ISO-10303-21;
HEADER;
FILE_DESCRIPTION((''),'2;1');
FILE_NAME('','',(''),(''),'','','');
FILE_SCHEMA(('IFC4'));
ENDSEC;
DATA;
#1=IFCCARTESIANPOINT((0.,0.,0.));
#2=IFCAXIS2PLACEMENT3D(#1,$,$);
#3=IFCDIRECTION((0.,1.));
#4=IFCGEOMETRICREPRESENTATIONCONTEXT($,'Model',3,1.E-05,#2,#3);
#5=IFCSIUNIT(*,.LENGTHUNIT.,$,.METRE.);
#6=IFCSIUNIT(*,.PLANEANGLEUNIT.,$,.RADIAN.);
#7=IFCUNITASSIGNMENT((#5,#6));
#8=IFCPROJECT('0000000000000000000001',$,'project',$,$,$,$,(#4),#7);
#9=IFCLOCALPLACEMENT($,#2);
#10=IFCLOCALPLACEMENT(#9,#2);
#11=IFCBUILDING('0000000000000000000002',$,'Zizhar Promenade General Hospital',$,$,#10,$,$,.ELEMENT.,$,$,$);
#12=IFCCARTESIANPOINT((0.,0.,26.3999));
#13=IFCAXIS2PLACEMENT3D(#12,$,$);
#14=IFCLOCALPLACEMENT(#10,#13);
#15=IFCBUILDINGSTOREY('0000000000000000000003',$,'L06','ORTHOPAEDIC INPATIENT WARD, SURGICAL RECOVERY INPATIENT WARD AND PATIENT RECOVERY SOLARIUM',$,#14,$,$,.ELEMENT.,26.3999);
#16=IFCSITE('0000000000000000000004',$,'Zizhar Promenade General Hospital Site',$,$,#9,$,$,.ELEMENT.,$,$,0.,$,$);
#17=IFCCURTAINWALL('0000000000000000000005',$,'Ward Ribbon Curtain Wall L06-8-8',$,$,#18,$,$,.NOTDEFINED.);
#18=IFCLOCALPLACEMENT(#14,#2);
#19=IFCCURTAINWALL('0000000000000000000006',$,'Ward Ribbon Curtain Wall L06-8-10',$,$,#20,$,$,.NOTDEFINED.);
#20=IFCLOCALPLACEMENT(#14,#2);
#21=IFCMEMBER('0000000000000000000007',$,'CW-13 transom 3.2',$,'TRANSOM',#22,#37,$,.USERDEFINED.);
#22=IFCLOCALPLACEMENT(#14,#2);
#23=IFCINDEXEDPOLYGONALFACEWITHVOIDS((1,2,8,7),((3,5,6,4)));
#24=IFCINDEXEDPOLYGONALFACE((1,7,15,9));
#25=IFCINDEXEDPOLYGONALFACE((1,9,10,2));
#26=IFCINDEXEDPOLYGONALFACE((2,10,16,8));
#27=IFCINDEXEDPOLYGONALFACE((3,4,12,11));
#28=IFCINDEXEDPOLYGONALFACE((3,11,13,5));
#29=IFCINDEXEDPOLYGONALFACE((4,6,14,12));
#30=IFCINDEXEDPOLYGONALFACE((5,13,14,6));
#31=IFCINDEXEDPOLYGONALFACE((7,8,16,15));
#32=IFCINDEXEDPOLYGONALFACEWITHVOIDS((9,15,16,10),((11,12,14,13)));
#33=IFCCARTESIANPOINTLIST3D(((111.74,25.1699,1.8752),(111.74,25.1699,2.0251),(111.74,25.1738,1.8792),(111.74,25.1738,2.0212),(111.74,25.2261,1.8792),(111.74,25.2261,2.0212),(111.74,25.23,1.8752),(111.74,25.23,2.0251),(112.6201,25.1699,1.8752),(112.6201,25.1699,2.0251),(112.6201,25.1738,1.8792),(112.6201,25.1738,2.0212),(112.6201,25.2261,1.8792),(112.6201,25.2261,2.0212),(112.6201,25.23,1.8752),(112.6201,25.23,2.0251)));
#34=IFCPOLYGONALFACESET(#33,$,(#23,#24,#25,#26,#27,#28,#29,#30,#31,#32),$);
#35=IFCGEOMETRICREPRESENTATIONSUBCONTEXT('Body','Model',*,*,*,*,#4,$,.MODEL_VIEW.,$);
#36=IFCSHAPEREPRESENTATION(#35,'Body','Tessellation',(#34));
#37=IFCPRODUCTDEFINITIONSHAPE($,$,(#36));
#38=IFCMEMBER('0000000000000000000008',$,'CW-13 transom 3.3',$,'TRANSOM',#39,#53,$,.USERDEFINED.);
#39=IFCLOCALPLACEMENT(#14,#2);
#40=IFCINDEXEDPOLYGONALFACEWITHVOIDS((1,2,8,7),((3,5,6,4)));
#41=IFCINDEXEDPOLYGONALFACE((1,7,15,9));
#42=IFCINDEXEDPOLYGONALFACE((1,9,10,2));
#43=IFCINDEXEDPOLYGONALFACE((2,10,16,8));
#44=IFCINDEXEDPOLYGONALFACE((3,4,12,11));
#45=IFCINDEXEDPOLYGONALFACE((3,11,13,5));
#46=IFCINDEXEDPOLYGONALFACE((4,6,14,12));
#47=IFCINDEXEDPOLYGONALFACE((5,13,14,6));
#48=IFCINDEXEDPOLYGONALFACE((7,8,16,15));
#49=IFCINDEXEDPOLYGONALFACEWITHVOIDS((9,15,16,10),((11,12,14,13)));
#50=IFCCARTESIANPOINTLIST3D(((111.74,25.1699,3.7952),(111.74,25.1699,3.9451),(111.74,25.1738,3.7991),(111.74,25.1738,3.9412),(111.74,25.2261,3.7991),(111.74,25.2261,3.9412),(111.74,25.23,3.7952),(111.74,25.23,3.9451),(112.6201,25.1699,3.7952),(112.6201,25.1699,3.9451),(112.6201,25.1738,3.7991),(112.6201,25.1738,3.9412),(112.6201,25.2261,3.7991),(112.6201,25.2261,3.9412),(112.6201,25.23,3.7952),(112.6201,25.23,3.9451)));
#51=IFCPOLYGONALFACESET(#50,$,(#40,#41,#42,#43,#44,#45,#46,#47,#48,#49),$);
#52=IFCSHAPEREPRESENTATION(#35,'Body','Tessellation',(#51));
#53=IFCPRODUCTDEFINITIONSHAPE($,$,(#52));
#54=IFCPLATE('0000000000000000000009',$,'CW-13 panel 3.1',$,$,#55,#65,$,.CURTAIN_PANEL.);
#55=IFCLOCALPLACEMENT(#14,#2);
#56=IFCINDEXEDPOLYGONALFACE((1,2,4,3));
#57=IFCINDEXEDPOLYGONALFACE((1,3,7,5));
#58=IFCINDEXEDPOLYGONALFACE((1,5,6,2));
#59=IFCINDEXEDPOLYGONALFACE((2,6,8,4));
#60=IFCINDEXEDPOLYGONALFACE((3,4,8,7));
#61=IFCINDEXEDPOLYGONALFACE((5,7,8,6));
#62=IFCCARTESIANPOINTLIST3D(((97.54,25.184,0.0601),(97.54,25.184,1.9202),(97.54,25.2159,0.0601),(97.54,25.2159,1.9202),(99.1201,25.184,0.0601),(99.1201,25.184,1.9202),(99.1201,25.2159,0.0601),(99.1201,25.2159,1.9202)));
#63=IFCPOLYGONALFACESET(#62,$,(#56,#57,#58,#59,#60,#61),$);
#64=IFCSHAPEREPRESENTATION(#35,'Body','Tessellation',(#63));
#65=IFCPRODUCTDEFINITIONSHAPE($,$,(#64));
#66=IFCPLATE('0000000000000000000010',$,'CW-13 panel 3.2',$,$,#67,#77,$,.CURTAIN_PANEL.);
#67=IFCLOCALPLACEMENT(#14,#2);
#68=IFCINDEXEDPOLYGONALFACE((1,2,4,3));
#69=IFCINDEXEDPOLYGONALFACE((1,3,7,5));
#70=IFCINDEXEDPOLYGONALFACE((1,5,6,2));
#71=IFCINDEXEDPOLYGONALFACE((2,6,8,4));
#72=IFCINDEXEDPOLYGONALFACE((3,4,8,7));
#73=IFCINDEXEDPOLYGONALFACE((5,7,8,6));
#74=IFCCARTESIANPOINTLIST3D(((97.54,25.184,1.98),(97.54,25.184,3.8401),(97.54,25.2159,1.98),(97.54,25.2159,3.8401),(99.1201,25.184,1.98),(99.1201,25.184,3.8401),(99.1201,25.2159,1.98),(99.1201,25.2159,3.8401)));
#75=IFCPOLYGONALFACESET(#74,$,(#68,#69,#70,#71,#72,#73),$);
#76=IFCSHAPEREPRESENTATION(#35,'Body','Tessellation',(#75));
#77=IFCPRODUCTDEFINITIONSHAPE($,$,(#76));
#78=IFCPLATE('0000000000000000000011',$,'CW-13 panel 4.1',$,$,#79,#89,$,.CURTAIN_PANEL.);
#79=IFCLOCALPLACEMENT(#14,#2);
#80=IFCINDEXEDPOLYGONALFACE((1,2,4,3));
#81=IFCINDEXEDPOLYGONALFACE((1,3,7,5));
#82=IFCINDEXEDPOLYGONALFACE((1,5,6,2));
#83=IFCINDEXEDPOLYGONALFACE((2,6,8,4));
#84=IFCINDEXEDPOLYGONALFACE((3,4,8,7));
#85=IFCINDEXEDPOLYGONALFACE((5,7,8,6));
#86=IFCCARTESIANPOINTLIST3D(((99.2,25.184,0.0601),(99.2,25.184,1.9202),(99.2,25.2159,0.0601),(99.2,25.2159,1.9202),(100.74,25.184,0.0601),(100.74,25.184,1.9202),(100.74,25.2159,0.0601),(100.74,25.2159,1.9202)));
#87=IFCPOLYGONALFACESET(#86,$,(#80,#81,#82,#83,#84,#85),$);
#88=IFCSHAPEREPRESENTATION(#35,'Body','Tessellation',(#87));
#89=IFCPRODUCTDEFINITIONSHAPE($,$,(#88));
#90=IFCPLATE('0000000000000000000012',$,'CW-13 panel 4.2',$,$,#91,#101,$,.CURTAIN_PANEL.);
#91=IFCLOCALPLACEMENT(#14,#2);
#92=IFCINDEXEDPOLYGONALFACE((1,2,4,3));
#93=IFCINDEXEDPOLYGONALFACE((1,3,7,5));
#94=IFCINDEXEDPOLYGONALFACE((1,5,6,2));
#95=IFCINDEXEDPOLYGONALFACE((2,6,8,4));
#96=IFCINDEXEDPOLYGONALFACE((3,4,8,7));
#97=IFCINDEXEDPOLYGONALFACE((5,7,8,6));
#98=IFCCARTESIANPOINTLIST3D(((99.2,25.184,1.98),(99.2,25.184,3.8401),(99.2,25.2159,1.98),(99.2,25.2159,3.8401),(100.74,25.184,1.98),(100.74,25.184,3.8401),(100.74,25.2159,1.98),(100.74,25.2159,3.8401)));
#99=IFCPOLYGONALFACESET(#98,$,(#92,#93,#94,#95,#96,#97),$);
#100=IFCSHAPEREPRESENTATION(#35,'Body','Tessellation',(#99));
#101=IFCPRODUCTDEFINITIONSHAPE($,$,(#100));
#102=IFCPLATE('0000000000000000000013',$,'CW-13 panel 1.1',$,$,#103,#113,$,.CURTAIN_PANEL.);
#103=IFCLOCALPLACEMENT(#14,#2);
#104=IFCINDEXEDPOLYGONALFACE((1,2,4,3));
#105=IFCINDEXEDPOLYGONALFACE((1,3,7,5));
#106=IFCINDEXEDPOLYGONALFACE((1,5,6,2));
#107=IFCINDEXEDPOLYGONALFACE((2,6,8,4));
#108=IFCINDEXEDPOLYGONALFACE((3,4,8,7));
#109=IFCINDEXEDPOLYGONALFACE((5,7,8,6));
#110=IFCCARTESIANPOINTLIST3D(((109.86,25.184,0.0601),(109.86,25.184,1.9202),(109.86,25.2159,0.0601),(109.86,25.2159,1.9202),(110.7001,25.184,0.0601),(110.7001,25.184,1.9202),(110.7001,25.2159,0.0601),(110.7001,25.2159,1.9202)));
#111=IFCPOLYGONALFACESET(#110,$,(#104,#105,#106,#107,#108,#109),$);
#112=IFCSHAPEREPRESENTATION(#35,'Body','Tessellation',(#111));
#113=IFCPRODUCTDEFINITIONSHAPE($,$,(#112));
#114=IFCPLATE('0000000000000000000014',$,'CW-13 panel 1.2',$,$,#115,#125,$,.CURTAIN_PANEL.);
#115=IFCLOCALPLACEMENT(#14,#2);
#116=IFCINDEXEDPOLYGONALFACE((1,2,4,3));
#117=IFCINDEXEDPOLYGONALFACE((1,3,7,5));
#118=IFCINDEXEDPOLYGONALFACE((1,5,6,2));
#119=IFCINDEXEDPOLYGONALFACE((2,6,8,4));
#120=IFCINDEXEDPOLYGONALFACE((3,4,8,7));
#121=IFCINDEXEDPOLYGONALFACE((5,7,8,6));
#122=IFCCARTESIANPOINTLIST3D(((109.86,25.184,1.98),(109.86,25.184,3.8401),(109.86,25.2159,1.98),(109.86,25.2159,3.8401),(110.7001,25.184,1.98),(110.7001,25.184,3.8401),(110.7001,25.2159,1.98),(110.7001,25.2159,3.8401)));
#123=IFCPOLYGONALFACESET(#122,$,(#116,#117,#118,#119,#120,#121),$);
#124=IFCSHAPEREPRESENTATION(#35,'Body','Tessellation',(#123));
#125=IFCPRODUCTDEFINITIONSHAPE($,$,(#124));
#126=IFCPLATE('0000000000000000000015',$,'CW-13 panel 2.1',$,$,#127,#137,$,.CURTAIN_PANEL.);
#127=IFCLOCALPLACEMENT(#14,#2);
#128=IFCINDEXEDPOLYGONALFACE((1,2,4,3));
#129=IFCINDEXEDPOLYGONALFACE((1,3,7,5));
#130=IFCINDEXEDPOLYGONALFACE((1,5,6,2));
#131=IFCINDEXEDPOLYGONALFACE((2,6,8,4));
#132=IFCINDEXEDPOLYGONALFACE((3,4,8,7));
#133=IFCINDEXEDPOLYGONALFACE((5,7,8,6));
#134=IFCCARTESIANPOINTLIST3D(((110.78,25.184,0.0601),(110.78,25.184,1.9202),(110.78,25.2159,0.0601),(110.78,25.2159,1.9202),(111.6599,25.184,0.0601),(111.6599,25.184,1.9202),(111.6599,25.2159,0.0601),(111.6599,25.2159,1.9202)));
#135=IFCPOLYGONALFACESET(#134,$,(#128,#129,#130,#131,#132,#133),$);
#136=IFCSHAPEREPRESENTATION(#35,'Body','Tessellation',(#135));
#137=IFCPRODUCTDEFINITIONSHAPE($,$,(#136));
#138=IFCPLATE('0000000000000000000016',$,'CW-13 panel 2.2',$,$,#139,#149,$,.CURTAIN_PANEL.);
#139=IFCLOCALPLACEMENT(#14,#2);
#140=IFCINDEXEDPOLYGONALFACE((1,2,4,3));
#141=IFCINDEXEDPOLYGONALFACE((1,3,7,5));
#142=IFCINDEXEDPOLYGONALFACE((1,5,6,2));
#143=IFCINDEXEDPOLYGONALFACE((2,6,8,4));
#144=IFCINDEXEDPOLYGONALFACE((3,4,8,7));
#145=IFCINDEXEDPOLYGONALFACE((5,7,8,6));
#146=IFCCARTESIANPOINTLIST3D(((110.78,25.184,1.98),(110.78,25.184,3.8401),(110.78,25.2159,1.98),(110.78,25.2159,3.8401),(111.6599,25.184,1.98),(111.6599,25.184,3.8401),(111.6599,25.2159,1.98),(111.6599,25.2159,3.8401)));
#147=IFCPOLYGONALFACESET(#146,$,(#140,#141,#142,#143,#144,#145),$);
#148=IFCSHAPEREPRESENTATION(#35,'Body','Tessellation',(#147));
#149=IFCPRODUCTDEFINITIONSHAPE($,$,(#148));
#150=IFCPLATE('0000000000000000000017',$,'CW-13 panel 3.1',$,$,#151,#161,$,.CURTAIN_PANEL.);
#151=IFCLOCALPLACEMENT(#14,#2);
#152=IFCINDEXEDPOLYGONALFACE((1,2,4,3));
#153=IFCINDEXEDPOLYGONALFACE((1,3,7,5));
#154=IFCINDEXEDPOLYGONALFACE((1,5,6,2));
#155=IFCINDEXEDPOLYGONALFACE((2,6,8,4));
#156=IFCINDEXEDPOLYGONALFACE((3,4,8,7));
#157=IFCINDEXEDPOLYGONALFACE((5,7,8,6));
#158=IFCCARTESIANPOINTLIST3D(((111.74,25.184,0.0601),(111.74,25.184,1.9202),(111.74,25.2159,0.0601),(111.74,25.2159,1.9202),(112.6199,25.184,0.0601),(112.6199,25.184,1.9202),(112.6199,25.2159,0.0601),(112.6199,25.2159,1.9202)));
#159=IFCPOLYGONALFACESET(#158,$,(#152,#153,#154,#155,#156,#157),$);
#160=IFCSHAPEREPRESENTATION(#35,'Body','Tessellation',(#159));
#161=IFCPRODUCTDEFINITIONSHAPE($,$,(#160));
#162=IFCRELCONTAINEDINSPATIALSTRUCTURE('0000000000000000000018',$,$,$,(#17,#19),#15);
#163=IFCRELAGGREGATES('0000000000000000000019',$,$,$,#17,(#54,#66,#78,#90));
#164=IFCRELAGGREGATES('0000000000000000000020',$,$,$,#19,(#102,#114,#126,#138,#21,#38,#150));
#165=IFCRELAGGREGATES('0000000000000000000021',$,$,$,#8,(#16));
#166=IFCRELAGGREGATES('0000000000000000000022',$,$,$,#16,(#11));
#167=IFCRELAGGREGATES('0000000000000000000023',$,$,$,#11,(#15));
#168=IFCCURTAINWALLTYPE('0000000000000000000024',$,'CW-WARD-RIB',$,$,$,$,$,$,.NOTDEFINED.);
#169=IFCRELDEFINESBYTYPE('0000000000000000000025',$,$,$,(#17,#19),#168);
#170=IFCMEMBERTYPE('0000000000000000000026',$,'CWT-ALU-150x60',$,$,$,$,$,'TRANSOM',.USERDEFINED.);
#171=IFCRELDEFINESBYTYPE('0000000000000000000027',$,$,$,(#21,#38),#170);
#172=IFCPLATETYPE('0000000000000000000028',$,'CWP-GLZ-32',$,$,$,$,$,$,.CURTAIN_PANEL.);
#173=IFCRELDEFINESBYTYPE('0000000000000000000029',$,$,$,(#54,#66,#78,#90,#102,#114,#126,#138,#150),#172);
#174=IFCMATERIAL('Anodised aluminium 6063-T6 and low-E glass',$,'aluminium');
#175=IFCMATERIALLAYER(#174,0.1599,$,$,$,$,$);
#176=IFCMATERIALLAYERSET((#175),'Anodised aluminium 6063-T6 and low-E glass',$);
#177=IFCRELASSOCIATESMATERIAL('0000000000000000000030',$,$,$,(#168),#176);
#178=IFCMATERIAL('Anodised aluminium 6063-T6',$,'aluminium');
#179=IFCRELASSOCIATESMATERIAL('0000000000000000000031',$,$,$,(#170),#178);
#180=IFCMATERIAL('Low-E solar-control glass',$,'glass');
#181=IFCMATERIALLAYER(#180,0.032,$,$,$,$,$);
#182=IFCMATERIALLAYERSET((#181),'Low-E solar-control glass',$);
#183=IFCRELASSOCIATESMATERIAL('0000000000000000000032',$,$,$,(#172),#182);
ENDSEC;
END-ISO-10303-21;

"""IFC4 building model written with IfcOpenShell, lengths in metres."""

from ifc_helpers import new_model, si_unit, direction, frame, origin, origin_2d, place, context, subcontext, project, spatial, rectangle, hollow_rectangle, extrude, material, layer, layer_set, material_profile, profile_set, type_object, element, aggregate, save


model = new_model("IFC4")

# Units and contexts
model_context = context("Model", 3, precision=1e-05, world=origin(), true_north=direction((0.0, 1.0)))
body_context = subcontext(model_context, "Body", "Model", "MODEL_VIEW")
ifc_project = project(units=[si_unit("LENGTHUNIT", "METRE"), si_unit("PLANEANGLEUNIT", "RADIAN")], contexts=[model_context])

# Site, building, storey
site_placement = place(None, origin())
site = spatial("IfcSite", under=ifc_project, at=site_placement, Name="Zizhar Promenade General Hospital Site", CompositionType="ELEMENT", RefElevation=0.0)
building_placement = place(site_placement, origin())
building = spatial("IfcBuilding", under=site, at=building_placement, Name="Zizhar Promenade General Hospital", CompositionType="ELEMENT")
storey_placement = place(building_placement, frame((0.0, 0.0, 26.3999)))
storey = spatial("IfcBuildingStorey", under=building, at=storey_placement, Name="L06", Description="ORTHOPAEDIC INPATIENT WARD, SURGICAL RECOVERY INPATIENT WARD AND PATIENT RECOVERY SOLARIUM", CompositionType="ELEMENT", Elevation=26.3999)

# Curtain walls
ifc_material_1 = material(Name="Anodised aluminium 6063-T6 and low-E glass", Category="aluminium")
ifc_layer_1 = layer(ifc_material_1, 0.1599)
ifc_layer_set_1 = layer_set([ifc_layer_1], Name="Anodised aluminium 6063-T6 and low-E glass")
curtain_wall_type = type_object("IfcCurtainWallType", Name="CW-WARD-RIB", PredefinedType="NOTDEFINED", material=ifc_layer_set_1)
curtain_wall_1_placement = place(storey_placement, origin())
curtain_wall_1 = element("IfcCurtainWall", 1, at=curtain_wall_1_placement, inside=storey, type_object=curtain_wall_type, Name="Ward Ribbon Curtain Wall L06-8-8", PredefinedType="NOTDEFINED")
curtain_wall_2_placement = place(storey_placement, origin())
curtain_wall_2 = element("IfcCurtainWall", 2, at=curtain_wall_2_placement, inside=storey, type_object=curtain_wall_type, Name="Ward Ribbon Curtain Wall L06-8-10", PredefinedType="NOTDEFINED")

# Members
ifc_material_2 = material(Name="Anodised aluminium 6063-T6", Category="aluminium")
ifc_material_profile_1 = material_profile(ifc_material_2, hollow_rectangle(XDim=0.0601, YDim=0.1499, WallThickness=0.0039, at=origin_2d()))
ifc_profile_set_1 = profile_set([ifc_material_profile_1], Name="Anodised aluminium 6063-T6")
member_type_1 = type_object("IfcMemberType", Name="CWT-ALU-150x60", ElementType="TRANSOM", PredefinedType="USERDEFINED", material=ifc_profile_set_1)
member_1_placement = place(storey_placement, frame((111.74, 25.2, 1.9502), z_axis=(1.0, 0.0, 0.0), x_axis=(0.0, 1.0, 0.0)))
member_1 = element("IfcMember", 3, at=member_1_placement, type_object=member_type_1, Name="CW-13 transom 3.2", ObjectType="TRANSOM", PredefinedType="USERDEFINED", context=body_context, shape_type="SweptSolid", body=[
    extrude(hollow_rectangle(XDim=0.0601, YDim=0.1499, WallThickness=0.0039, at=origin_2d()), origin(), (0.0, 0.0, 1.0), 0.8801),
])
member_2_placement = place(storey_placement, frame((111.74, 25.2, 3.8701), z_axis=(1.0, 0.0, 0.0), x_axis=(0.0, 1.0, 0.0)))
member_2 = element("IfcMember", 4, at=member_2_placement, type_object=member_type_1, Name="CW-13 transom 3.3", ObjectType="TRANSOM", PredefinedType="USERDEFINED", context=body_context, shape_type="SweptSolid", body=[
    extrude(hollow_rectangle(XDim=0.0601, YDim=0.1499, WallThickness=0.0039, at=origin_2d()), origin(), (0.0, 0.0, 1.0), 0.8801),
])

# Plates
ifc_material_3 = material(Name="Low-E solar-control glass", Category="glass")
ifc_layer_2 = layer(ifc_material_3, 0.032)
ifc_layer_set_2 = layer_set([ifc_layer_2], Name="Low-E solar-control glass")
plate_type = type_object("IfcPlateType", Name="CWP-GLZ-32", PredefinedType="CURTAIN_PANEL", material=ifc_layer_set_2)
plate_1_placement = place(storey_placement, frame((98.3301, 25.2, 0.0601), z_axis=(0.0, 0.0, 1.0), x_axis=(1.0, 0.0, 0.0)))
plate_1 = element("IfcPlate", 5, at=plate_1_placement, type_object=plate_type, Name="CW-13 panel 3.1", PredefinedType="CURTAIN_PANEL", context=body_context, shape_type="SweptSolid", body=[
    extrude(rectangle(XDim=1.5801, YDim=0.032, at=origin_2d()), origin(), (0.0, 0.0, 1.0), 1.8601),
])
plate_2_placement = place(storey_placement, frame((98.3301, 25.2, 1.98), z_axis=(0.0, 0.0, 1.0), x_axis=(1.0, 0.0, 0.0)))
plate_2 = element("IfcPlate", 6, at=plate_2_placement, type_object=plate_type, Name="CW-13 panel 3.2", PredefinedType="CURTAIN_PANEL", context=body_context, shape_type="SweptSolid", body=[
    extrude(rectangle(XDim=1.5801, YDim=0.032, at=origin_2d()), origin(), (0.0, 0.0, 1.0), 1.8601),
])
plate_3_placement = place(storey_placement, frame((99.97, 25.2, 0.0601), z_axis=(0.0, 0.0, 1.0), x_axis=(1.0, 0.0, 0.0)))
plate_3 = element("IfcPlate", 7, at=plate_3_placement, type_object=plate_type, Name="CW-13 panel 4.1", PredefinedType="CURTAIN_PANEL", context=body_context, shape_type="SweptSolid", body=[
    extrude(rectangle(XDim=1.54, YDim=0.032, at=origin_2d()), origin(), (0.0, 0.0, 1.0), 1.8601),
])
plate_4_placement = place(storey_placement, frame((99.97, 25.2, 1.98), z_axis=(0.0, 0.0, 1.0), x_axis=(1.0, 0.0, 0.0)))
plate_4 = element("IfcPlate", 8, at=plate_4_placement, type_object=plate_type, Name="CW-13 panel 4.2", PredefinedType="CURTAIN_PANEL", context=body_context, shape_type="SweptSolid", body=[
    extrude(rectangle(XDim=1.54, YDim=0.032, at=origin_2d()), origin(), (0.0, 0.0, 1.0), 1.8601),
])
aggregate(curtain_wall_1, [plate_1, plate_2, plate_3, plate_4])
plate_5_placement = place(storey_placement, frame((110.28, 25.2, 0.0601), z_axis=(0.0, 0.0, 1.0), x_axis=(1.0, 0.0, 0.0)))
plate_5 = element("IfcPlate", 9, at=plate_5_placement, type_object=plate_type, Name="CW-13 panel 1.1", PredefinedType="CURTAIN_PANEL", context=body_context, shape_type="SweptSolid", body=[
    extrude(rectangle(XDim=0.8401, YDim=0.032, at=origin_2d()), origin(), (0.0, 0.0, 1.0), 1.8601),
])
plate_6_placement = place(storey_placement, frame((110.28, 25.2, 1.98), z_axis=(0.0, 0.0, 1.0), x_axis=(1.0, 0.0, 0.0)))
plate_6 = element("IfcPlate", 10, at=plate_6_placement, type_object=plate_type, Name="CW-13 panel 1.2", PredefinedType="CURTAIN_PANEL", context=body_context, shape_type="SweptSolid", body=[
    extrude(rectangle(XDim=0.8401, YDim=0.032, at=origin_2d()), origin(), (0.0, 0.0, 1.0), 1.8601),
])
plate_7_placement = place(storey_placement, frame((111.22, 25.2, 0.0601), z_axis=(0.0, 0.0, 1.0), x_axis=(1.0, 0.0, 0.0)))
plate_7 = element("IfcPlate", 11, at=plate_7_placement, type_object=plate_type, Name="CW-13 panel 2.1", PredefinedType="CURTAIN_PANEL", context=body_context, shape_type="SweptSolid", body=[
    extrude(rectangle(XDim=0.8799, YDim=0.032, at=origin_2d()), origin(), (0.0, 0.0, 1.0), 1.8601),
])
plate_8_placement = place(storey_placement, frame((111.22, 25.2, 1.98), z_axis=(0.0, 0.0, 1.0), x_axis=(1.0, 0.0, 0.0)))
plate_8 = element("IfcPlate", 12, at=plate_8_placement, type_object=plate_type, Name="CW-13 panel 2.2", PredefinedType="CURTAIN_PANEL", context=body_context, shape_type="SweptSolid", body=[
    extrude(rectangle(XDim=0.8799, YDim=0.032, at=origin_2d()), origin(), (0.0, 0.0, 1.0), 1.8601),
])
plate_9_placement = place(storey_placement, frame((112.1799, 25.2, 0.0601), z_axis=(0.0, 0.0, 1.0), x_axis=(1.0, 0.0, 0.0)))
plate_9 = element("IfcPlate", 13, at=plate_9_placement, type_object=plate_type, Name="CW-13 panel 3.1", PredefinedType="CURTAIN_PANEL", context=body_context, shape_type="SweptSolid", body=[
    extrude(rectangle(XDim=0.8799, YDim=0.032, at=origin_2d()), origin(), (0.0, 0.0, 1.0), 1.8601),
])
aggregate(curtain_wall_2, [plate_5, plate_6, plate_7, plate_8, member_1, member_2, plate_9])

save(model, "model.ifc")
